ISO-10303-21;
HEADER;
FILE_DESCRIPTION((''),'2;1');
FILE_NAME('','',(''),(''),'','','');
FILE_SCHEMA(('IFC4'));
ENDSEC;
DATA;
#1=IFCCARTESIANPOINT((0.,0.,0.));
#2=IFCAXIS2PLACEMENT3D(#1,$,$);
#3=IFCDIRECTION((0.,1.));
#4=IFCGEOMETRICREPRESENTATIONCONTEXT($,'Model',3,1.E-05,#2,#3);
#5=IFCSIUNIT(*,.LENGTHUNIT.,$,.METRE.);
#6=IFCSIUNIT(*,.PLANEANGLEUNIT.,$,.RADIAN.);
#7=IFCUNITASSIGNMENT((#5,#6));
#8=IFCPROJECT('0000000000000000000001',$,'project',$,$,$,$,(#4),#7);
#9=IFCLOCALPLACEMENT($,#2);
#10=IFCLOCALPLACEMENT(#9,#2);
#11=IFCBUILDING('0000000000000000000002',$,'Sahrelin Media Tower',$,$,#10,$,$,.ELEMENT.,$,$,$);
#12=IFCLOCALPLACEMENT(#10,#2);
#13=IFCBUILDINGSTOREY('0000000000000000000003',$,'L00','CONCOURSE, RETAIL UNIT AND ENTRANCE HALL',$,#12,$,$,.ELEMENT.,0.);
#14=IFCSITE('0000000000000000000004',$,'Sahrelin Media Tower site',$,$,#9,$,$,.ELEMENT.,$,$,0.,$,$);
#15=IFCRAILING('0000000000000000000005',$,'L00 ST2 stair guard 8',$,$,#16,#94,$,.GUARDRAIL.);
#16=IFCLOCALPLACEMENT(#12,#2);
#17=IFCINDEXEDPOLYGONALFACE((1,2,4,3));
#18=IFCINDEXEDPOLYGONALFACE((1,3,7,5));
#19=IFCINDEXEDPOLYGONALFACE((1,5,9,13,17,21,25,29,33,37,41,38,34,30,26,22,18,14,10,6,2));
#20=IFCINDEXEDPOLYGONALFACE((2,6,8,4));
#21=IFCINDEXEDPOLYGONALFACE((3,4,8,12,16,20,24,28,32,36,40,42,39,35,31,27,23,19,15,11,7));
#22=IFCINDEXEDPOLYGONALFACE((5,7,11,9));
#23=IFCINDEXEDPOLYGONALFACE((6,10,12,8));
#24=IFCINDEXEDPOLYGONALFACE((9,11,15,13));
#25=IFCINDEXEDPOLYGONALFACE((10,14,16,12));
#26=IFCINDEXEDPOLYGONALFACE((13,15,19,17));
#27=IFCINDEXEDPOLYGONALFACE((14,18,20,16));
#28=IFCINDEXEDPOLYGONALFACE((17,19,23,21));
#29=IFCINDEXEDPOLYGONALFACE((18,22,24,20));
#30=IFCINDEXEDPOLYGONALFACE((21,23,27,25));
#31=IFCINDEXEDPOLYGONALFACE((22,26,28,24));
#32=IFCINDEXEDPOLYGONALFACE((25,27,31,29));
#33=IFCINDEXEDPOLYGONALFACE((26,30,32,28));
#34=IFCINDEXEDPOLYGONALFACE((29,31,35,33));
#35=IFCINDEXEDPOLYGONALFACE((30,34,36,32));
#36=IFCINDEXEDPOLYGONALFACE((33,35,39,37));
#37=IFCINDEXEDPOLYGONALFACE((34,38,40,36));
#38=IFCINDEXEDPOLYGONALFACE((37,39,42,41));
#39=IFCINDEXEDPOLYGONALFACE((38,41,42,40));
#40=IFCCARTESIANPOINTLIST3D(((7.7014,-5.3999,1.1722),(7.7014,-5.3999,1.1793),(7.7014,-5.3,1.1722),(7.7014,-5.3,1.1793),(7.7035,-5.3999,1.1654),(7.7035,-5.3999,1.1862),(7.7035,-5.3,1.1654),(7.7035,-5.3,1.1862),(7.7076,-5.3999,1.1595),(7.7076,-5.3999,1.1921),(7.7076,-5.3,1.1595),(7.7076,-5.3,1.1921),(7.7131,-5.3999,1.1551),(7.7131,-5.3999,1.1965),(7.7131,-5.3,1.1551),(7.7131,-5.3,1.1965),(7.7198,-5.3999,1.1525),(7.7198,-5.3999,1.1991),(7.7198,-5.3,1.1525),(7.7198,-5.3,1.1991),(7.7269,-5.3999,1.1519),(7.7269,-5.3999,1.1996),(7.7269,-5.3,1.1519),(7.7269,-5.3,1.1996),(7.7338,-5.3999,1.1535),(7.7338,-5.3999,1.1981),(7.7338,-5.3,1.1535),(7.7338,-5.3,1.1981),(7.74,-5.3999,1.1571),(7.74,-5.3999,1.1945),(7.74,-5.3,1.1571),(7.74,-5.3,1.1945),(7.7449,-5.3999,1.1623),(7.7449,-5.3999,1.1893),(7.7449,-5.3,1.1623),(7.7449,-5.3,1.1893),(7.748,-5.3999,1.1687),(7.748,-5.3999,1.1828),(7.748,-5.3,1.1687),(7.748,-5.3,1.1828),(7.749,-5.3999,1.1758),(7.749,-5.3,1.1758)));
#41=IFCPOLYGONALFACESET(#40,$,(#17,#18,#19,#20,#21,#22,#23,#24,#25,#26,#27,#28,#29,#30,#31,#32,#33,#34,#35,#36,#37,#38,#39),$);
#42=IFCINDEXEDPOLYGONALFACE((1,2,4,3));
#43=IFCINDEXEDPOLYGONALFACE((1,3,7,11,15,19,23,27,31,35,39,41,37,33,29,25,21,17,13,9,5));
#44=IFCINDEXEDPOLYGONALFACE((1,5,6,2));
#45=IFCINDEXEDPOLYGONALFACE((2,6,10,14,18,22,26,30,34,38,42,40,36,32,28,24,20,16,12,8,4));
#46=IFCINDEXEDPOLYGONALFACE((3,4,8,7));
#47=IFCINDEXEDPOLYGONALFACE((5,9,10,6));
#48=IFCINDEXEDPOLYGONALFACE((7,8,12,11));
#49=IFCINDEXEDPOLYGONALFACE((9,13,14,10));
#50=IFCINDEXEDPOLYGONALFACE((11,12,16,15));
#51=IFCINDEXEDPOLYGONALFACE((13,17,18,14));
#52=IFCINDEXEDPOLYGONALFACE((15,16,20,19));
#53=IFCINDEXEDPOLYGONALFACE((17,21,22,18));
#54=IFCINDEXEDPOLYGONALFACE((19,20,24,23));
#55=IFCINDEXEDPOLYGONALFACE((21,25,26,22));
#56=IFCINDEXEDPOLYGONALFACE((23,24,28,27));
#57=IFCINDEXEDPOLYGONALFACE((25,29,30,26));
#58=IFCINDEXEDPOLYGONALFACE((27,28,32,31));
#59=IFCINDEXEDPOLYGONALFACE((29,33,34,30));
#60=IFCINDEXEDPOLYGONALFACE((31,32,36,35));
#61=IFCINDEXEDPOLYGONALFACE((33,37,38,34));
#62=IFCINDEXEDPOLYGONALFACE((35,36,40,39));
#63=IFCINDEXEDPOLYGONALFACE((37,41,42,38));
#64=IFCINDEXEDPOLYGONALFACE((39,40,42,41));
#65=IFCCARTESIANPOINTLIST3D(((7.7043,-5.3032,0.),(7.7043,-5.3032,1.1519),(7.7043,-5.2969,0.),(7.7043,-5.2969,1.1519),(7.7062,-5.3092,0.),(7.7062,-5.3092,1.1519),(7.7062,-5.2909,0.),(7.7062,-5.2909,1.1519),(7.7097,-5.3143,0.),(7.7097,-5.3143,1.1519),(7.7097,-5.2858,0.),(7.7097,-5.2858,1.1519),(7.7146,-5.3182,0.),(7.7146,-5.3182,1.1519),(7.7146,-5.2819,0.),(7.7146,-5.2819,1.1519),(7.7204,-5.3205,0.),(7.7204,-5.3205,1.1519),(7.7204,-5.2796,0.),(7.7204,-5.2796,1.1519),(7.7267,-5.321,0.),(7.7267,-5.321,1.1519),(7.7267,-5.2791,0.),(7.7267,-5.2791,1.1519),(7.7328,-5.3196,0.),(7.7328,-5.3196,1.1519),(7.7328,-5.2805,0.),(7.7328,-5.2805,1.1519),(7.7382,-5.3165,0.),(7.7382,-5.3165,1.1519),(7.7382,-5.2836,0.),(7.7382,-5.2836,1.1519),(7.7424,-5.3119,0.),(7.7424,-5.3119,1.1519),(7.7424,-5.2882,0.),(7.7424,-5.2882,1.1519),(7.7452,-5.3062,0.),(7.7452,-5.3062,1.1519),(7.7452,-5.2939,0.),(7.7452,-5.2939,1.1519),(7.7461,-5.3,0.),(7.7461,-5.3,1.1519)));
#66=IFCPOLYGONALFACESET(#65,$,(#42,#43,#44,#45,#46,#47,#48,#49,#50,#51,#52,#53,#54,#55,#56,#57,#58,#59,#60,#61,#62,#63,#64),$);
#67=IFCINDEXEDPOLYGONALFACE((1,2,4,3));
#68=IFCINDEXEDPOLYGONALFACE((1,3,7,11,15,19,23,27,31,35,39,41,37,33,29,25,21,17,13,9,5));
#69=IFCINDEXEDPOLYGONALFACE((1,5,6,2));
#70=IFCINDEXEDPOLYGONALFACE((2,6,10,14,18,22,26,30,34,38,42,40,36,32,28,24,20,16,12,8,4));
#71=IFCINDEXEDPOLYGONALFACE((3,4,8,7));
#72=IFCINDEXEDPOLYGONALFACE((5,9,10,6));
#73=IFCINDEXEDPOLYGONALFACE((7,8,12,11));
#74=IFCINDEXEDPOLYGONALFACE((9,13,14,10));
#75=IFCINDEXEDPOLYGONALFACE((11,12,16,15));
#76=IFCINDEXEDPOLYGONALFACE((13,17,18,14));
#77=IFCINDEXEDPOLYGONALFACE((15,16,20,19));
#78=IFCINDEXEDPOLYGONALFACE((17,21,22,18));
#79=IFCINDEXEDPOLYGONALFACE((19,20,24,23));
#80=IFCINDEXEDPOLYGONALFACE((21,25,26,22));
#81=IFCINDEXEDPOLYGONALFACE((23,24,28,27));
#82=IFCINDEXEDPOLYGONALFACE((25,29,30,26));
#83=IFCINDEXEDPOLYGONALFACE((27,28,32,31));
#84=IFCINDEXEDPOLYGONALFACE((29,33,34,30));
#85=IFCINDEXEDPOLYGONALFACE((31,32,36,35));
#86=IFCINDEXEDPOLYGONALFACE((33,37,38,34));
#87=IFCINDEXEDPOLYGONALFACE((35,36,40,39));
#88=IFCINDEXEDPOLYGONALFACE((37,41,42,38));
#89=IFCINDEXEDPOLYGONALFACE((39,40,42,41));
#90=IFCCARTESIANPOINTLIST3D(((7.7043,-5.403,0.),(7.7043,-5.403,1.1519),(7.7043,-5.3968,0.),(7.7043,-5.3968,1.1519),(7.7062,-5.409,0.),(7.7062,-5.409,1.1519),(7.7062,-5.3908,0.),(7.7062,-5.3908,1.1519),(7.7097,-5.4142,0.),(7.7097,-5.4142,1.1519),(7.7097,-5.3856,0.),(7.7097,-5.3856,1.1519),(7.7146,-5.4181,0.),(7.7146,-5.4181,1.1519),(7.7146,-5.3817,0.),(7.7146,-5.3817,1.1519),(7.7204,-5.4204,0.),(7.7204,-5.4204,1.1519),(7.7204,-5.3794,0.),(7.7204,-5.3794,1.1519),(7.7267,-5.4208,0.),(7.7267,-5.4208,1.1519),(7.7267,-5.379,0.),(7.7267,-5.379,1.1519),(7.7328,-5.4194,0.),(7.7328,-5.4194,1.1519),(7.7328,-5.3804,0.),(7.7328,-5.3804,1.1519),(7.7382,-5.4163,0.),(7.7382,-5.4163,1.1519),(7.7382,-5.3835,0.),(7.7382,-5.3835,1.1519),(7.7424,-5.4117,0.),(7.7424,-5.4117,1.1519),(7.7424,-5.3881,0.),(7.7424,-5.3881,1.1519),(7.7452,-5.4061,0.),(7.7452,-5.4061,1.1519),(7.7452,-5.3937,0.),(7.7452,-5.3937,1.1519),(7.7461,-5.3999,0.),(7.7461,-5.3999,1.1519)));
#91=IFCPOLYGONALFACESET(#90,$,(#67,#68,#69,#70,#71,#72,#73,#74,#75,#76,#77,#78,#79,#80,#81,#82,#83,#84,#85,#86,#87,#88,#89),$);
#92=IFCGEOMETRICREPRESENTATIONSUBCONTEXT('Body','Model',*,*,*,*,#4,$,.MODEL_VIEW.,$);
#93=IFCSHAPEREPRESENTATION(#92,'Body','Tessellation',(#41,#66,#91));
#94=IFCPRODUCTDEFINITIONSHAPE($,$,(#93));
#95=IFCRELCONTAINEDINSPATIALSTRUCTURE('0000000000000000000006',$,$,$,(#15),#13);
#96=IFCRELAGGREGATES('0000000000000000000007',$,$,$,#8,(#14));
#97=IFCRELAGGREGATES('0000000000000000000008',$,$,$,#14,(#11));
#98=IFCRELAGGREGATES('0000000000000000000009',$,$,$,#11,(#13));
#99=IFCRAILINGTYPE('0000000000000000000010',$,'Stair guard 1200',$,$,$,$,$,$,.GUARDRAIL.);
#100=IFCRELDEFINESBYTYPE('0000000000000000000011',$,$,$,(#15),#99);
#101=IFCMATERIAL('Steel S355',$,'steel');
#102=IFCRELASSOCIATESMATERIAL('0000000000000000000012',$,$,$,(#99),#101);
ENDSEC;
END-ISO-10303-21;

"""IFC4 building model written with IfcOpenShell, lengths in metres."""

from ifc_helpers import new_model, si_unit, direction, frame, origin, origin_2d, place, context, subcontext, project, spatial, circle, extrude, material, type_object, element, save


model = new_model("IFC4")

# Units and contexts
model_context = context("Model", 3, precision=1e-05, world=origin(), true_north=direction((0.0, 1.0)))
body_context = subcontext(model_context, "Body", "Model", "MODEL_VIEW")
ifc_project = project(units=[si_unit("LENGTHUNIT", "METRE"), si_unit("PLANEANGLEUNIT", "RADIAN")], contexts=[model_context])

# Site, building, storey
site_placement = place(None, origin())
site = spatial("IfcSite", under=ifc_project, at=site_placement, Name="Sahrelin Media Tower site", CompositionType="ELEMENT", RefElevation=0.0)
building_placement = place(site_placement, origin())
building = spatial("IfcBuilding", under=site, at=building_placement, Name="Sahrelin Media Tower", CompositionType="ELEMENT")
storey_placement = place(building_placement, origin())
storey = spatial("IfcBuildingStorey", under=building, at=storey_placement, Name="L00", Description="CONCOURSE, RETAIL UNIT AND ENTRANCE HALL", CompositionType="ELEMENT", Elevation=0.0)

# Shared definitions
ifc_material_1 = material(Name="Steel S355", Category="steel")

# Railing
railing_type_1 = type_object("IfcRailingType", Name="Stair guard 1200", PredefinedType="GUARDRAIL", material=ifc_material_1)
railing_1_placement = place(storey_placement, frame((7.7251, -5.3, 0.0)))
element("IfcRailing", 1, at=railing_1_placement, inside=storey, type_object=railing_type_1, Name="L00 ST2 stair guard 8", PredefinedType="GUARDRAIL", context=body_context, shape_type="SweptSolid", body=[
    extrude(circle(Radius=0.0239, at=origin_2d()), frame((0.0, 0.0, 1.1758), z_axis=(0.0, -1.0, 0.0), x_axis=(1.0, 0.0, 0.0)), (0.0, 0.0, 1.0), 0.0999),
    extrude(circle(Radius=0.021, at=origin_2d()), origin(), (0.0, 0.0, 1.0), 1.1519),
    extrude(circle(Radius=0.021, at=origin_2d()), frame((0.0, -0.0999, 0.0)), (0.0, 0.0, 1.0), 1.1519),
])

save(model, "model.ifc")
